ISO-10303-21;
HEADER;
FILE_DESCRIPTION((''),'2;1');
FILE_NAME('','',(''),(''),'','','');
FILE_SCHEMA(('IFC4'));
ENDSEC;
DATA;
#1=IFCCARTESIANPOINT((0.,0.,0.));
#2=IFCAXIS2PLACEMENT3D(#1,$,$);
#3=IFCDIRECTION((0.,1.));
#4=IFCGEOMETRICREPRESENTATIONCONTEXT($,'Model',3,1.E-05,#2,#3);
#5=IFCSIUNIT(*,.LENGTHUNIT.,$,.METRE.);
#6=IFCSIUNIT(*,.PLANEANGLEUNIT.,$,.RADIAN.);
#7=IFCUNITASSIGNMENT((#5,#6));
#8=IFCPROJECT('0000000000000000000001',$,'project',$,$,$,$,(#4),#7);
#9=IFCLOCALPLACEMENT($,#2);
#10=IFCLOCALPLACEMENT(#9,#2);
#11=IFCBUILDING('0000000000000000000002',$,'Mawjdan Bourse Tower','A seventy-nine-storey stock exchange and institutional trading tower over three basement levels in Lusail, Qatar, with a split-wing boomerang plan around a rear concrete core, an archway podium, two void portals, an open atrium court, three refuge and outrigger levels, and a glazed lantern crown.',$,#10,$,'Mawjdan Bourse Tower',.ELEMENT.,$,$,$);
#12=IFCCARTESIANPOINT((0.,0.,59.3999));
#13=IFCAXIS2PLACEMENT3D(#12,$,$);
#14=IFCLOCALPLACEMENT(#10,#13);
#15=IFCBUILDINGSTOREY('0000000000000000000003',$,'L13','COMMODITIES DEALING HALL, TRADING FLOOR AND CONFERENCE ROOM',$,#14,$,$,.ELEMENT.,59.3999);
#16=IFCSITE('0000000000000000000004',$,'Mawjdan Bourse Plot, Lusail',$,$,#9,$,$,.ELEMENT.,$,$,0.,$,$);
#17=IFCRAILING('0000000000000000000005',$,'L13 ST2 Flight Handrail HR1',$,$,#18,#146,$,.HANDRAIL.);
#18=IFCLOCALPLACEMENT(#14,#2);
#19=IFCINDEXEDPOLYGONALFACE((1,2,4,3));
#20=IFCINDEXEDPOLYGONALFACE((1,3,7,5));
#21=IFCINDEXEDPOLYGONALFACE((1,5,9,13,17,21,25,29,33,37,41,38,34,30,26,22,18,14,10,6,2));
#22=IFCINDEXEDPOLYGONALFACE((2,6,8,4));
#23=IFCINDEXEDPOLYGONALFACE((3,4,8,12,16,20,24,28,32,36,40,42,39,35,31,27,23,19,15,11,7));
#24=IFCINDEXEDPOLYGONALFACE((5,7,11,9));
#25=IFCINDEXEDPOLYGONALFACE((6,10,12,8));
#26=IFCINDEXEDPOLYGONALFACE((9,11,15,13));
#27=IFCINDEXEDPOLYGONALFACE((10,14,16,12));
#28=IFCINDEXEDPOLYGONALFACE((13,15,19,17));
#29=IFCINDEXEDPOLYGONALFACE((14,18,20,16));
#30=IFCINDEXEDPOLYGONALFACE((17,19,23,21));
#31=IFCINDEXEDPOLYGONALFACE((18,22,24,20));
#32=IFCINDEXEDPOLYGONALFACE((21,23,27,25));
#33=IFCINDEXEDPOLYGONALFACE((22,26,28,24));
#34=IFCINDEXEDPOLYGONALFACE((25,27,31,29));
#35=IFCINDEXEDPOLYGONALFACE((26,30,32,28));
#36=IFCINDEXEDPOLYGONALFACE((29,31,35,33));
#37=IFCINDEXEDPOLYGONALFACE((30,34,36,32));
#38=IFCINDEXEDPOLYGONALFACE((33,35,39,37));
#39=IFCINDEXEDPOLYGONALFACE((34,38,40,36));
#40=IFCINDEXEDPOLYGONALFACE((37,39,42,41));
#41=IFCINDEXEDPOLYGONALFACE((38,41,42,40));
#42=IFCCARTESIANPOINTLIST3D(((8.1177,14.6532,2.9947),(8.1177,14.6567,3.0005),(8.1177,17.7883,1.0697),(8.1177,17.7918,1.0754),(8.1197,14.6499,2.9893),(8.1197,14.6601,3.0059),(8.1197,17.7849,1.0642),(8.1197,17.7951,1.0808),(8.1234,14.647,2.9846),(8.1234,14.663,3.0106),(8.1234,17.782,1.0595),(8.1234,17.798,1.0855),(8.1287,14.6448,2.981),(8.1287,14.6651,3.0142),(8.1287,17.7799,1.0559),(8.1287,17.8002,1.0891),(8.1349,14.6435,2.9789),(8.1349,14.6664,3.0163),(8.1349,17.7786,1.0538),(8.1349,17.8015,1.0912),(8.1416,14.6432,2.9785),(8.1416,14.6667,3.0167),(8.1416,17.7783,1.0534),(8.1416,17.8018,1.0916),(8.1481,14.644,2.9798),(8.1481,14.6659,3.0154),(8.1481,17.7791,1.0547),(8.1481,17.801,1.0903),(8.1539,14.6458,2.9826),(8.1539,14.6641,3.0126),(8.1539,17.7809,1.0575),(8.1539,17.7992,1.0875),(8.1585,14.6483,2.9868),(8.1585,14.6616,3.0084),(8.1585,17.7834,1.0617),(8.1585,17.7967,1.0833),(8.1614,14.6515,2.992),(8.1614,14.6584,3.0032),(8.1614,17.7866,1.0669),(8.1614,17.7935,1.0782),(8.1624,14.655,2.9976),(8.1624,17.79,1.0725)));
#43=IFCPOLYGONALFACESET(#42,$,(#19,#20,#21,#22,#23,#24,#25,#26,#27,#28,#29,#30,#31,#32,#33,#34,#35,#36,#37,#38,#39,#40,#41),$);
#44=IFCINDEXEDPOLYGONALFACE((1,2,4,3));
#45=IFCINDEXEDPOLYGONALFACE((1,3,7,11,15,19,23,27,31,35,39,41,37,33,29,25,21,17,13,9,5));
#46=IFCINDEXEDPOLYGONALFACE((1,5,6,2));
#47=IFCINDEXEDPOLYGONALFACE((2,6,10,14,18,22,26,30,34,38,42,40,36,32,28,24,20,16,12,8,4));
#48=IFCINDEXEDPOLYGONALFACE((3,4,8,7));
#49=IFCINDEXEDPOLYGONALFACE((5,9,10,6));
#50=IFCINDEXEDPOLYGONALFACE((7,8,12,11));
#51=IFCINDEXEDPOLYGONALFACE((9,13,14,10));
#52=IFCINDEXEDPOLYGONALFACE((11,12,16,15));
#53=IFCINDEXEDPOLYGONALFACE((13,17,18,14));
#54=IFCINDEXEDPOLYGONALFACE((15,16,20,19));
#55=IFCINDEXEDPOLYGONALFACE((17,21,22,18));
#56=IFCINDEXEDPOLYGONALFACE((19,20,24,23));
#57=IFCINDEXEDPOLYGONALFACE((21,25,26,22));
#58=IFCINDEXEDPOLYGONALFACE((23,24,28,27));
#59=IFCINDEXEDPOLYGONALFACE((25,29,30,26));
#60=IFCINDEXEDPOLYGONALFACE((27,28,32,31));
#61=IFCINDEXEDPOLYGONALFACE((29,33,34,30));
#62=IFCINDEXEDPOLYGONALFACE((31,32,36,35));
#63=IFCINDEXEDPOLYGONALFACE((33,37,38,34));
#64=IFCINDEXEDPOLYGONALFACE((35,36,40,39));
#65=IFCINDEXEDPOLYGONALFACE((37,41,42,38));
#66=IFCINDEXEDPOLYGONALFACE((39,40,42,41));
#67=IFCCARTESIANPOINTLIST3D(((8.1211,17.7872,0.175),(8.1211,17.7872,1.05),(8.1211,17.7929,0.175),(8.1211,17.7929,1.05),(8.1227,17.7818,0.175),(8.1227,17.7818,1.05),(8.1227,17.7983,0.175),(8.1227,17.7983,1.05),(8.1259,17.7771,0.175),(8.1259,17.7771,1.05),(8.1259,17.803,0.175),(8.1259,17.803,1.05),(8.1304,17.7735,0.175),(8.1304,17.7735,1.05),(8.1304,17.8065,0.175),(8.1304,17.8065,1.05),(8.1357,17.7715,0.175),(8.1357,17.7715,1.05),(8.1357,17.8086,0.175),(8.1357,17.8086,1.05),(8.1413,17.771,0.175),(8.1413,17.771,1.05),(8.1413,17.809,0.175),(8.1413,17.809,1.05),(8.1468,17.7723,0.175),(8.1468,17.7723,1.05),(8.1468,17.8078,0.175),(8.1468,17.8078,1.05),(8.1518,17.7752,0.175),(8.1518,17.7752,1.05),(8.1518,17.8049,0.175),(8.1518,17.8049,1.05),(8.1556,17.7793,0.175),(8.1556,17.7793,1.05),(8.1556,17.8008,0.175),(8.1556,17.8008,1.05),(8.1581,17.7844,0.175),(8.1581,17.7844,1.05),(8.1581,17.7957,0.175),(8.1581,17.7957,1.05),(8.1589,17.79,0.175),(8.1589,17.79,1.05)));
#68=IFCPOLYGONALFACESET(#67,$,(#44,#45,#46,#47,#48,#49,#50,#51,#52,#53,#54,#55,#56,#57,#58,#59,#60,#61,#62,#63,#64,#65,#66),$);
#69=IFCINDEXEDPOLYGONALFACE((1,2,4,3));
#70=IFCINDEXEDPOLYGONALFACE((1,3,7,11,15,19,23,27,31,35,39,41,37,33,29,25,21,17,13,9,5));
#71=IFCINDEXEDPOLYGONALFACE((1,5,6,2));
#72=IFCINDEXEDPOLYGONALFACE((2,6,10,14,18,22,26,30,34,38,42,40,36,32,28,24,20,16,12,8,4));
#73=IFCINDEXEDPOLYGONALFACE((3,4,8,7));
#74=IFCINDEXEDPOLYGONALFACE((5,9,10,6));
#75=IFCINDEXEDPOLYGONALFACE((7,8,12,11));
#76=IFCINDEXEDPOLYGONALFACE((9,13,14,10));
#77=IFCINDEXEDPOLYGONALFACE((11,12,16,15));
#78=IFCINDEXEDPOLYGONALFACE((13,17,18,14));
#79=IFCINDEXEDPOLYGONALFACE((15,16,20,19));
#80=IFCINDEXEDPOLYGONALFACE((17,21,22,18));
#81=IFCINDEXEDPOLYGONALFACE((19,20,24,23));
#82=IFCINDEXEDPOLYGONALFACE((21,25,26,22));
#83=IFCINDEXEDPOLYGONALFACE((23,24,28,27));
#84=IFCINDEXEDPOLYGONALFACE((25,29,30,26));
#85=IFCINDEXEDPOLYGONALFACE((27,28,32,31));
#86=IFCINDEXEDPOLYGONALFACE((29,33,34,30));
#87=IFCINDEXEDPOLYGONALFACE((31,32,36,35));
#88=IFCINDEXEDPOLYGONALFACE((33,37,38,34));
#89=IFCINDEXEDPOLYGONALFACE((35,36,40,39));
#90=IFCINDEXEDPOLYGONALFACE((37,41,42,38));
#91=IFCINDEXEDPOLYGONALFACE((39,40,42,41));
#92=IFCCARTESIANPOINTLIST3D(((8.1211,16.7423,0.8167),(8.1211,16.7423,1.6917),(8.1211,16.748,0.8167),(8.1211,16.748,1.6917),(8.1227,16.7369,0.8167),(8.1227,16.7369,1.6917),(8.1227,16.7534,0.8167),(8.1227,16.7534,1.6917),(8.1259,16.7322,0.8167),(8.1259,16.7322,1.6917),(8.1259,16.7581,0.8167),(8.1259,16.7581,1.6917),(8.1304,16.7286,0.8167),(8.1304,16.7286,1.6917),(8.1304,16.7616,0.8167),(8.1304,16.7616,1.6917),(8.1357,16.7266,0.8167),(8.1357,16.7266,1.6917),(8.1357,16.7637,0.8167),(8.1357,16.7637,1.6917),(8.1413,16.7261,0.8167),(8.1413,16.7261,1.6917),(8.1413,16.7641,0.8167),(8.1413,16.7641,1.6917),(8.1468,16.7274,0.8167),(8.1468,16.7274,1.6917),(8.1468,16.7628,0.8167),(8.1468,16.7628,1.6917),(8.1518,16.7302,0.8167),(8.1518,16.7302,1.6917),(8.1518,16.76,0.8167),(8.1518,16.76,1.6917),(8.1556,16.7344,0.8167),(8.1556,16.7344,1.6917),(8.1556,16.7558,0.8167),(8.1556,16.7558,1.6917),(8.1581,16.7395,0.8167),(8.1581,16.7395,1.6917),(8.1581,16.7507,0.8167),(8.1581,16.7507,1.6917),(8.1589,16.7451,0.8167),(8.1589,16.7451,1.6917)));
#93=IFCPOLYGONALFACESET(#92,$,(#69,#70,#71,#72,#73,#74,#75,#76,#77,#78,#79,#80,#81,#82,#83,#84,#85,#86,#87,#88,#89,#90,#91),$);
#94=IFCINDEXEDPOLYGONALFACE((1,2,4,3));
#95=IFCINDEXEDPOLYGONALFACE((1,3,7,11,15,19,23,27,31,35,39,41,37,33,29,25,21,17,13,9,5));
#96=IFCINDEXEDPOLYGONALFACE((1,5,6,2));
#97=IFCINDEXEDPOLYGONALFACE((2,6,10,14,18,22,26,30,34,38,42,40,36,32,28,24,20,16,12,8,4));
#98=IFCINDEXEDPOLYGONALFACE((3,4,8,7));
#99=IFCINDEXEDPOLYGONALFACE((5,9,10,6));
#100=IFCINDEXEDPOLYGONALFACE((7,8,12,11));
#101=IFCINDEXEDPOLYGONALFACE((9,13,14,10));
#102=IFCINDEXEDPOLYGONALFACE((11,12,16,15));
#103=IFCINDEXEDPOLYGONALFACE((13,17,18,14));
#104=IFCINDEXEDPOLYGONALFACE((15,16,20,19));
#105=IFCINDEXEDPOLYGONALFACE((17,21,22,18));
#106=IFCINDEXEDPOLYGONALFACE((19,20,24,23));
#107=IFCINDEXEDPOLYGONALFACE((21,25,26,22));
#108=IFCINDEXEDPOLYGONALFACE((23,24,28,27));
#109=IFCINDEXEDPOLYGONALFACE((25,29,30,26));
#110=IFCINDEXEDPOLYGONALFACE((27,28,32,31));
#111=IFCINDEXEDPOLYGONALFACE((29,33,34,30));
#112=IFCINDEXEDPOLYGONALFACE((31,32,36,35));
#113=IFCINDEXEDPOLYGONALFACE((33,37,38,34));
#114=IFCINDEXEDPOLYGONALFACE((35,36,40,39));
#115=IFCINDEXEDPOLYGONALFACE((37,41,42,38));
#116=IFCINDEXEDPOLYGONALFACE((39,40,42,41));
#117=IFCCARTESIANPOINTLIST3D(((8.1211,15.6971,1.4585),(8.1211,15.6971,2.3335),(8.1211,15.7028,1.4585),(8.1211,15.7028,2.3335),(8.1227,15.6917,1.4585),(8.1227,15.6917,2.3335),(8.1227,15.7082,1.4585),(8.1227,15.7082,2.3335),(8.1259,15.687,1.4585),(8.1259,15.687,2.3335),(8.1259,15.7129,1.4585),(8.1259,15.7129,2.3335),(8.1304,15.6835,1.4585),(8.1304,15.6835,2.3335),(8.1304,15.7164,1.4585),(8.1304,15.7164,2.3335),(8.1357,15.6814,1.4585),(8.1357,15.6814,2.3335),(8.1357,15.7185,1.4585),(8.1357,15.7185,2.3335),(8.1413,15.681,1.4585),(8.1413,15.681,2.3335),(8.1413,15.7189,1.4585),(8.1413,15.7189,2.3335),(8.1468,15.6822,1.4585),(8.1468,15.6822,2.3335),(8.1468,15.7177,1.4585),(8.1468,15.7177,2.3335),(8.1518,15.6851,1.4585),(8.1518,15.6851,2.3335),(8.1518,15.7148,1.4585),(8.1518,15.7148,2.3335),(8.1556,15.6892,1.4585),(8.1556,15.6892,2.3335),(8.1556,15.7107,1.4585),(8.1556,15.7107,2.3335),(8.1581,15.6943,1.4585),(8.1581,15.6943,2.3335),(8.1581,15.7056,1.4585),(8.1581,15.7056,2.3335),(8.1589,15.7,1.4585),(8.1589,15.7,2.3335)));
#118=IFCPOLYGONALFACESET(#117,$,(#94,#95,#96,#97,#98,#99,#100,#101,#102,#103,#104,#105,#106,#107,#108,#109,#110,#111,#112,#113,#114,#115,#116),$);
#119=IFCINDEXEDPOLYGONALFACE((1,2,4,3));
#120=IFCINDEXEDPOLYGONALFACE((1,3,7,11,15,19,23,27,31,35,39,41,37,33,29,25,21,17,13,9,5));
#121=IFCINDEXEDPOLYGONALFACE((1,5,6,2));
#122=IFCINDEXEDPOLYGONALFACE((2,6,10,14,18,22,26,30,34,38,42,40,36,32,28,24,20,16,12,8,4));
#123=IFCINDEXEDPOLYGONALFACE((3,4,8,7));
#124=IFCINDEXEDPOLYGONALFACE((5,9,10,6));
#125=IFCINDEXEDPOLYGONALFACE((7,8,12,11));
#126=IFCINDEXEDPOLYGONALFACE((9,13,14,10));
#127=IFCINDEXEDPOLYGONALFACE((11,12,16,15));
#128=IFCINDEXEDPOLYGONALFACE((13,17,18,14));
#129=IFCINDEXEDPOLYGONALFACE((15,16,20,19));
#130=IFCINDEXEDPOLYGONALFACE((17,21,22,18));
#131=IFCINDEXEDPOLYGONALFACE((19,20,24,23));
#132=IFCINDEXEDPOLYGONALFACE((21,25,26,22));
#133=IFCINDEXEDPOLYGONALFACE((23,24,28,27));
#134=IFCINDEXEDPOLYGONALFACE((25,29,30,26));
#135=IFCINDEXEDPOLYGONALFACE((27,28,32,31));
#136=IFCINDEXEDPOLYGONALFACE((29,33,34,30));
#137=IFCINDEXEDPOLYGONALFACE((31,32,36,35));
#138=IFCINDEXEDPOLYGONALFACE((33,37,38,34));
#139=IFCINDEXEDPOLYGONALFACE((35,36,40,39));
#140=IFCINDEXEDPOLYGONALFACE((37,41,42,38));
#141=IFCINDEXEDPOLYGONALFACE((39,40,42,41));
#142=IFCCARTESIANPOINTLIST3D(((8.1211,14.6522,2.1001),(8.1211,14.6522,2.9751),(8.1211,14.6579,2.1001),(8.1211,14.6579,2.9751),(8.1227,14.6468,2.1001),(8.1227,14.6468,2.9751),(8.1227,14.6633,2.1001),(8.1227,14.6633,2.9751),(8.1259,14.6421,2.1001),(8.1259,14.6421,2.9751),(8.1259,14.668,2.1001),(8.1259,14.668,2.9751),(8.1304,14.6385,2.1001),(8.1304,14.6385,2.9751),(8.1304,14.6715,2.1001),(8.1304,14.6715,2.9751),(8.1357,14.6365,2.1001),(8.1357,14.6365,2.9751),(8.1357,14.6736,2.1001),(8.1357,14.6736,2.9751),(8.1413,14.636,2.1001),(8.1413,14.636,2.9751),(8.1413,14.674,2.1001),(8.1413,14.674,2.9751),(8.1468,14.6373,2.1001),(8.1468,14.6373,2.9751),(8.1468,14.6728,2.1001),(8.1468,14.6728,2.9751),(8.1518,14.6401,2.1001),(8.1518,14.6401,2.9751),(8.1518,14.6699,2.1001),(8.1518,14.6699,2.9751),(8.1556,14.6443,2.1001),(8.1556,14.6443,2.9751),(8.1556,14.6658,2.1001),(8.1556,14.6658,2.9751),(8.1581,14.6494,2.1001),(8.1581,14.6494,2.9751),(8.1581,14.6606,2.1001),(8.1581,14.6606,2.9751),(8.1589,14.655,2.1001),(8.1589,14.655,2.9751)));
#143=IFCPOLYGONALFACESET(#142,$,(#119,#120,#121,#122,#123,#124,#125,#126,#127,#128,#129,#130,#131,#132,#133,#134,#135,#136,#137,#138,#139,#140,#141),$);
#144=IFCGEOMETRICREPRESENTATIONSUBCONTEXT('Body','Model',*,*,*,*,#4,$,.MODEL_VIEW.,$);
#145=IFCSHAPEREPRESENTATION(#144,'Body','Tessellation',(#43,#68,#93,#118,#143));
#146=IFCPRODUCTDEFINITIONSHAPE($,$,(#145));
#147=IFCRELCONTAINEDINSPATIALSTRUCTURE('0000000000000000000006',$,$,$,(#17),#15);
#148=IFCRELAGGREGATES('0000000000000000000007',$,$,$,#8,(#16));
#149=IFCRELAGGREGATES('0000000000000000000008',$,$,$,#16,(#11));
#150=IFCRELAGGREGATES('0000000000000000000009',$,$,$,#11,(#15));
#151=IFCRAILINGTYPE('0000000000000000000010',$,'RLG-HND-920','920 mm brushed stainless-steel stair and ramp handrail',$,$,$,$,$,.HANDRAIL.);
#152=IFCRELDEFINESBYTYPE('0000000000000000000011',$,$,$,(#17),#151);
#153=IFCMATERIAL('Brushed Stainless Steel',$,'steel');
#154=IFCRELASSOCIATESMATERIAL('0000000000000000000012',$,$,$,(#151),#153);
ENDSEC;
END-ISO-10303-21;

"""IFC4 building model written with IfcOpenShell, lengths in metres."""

from ifc_helpers import new_model, si_unit, direction, frame, origin, origin_2d, place, context, subcontext, project, spatial, circle, extrude, material, type_object, element, save


model = new_model("IFC4")

# Units and contexts
model_context = context("Model", 3, precision=1e-05, world=origin(), true_north=direction((0.0, 1.0)))
body_context = subcontext(model_context, "Body", "Model", "MODEL_VIEW")
ifc_project = project(units=[si_unit("LENGTHUNIT", "METRE"), si_unit("PLANEANGLEUNIT", "RADIAN")], contexts=[model_context])

# Site, building, storey
site_placement = place(None, origin())
site = spatial("IfcSite", under=ifc_project, at=site_placement, Name="Mawjdan Bourse Plot, Lusail", CompositionType="ELEMENT", RefElevation=0.0)
building_placement = place(site_placement, origin())
building = spatial("IfcBuilding", under=site, at=building_placement, Name="Mawjdan Bourse Tower", Description="A seventy-nine-storey stock exchange and institutional trading tower over three basement levels in Lusail, Qatar, with a split-wing boomerang plan around a rear concrete core, an archway podium, two void portals, an open atrium court, three refuge and outrigger levels, and a glazed lantern crown.", LongName="Mawjdan Bourse Tower", CompositionType="ELEMENT")
storey_placement = place(building_placement, frame((0.0, 0.0, 59.3999)))
storey = spatial("IfcBuildingStorey", under=building, at=storey_placement, Name="L13", Description="COMMODITIES DEALING HALL, TRADING FLOOR AND CONFERENCE ROOM", CompositionType="ELEMENT", Elevation=59.3999)

# Railing
ifc_material_1 = material(Name="Brushed Stainless Steel", Category="steel")
railing_type_1 = type_object("IfcRailingType", Name="RLG-HND-920", Description="920 mm brushed stainless-steel stair and ramp handrail", PredefinedType="HANDRAIL", material=ifc_material_1)
railing_1_placement = place(storey_placement, frame((8.1399, 17.79, 0.175)))
element("IfcRailing", 1, at=railing_1_placement, inside=storey, type_object=railing_type_1, Name="L13 ST2 Flight Handrail HR1", PredefinedType="HANDRAIL", context=body_context, shape_type="SweptSolid", body=[
    extrude(circle(Radius=0.0225, at=origin_2d()), frame((0.0, 0.0, 0.8975), z_axis=(0.0, -0.852166, 0.523271), x_axis=(1.0, 0.0, 0.0)), (0.0, 0.0, 1.0), 3.679),
    extrude(circle(Radius=0.019, at=origin_2d()), origin(), (0.0, 0.0, 1.0), 0.875),
    extrude(circle(Radius=0.019, at=origin_2d()), frame((0.0, -1.0449, 0.6416)), (0.0, 0.0, 1.0), 0.875),
    extrude(circle(Radius=0.019, at=origin_2d()), frame((0.0, -2.0901, 1.2834)), (0.0, 0.0, 1.0), 0.875),
    extrude(circle(Radius=0.019, at=origin_2d()), frame((0.0, -3.135, 1.925)), (0.0, 0.0, 1.0), 0.875),
])

save(model, "model.ifc")
